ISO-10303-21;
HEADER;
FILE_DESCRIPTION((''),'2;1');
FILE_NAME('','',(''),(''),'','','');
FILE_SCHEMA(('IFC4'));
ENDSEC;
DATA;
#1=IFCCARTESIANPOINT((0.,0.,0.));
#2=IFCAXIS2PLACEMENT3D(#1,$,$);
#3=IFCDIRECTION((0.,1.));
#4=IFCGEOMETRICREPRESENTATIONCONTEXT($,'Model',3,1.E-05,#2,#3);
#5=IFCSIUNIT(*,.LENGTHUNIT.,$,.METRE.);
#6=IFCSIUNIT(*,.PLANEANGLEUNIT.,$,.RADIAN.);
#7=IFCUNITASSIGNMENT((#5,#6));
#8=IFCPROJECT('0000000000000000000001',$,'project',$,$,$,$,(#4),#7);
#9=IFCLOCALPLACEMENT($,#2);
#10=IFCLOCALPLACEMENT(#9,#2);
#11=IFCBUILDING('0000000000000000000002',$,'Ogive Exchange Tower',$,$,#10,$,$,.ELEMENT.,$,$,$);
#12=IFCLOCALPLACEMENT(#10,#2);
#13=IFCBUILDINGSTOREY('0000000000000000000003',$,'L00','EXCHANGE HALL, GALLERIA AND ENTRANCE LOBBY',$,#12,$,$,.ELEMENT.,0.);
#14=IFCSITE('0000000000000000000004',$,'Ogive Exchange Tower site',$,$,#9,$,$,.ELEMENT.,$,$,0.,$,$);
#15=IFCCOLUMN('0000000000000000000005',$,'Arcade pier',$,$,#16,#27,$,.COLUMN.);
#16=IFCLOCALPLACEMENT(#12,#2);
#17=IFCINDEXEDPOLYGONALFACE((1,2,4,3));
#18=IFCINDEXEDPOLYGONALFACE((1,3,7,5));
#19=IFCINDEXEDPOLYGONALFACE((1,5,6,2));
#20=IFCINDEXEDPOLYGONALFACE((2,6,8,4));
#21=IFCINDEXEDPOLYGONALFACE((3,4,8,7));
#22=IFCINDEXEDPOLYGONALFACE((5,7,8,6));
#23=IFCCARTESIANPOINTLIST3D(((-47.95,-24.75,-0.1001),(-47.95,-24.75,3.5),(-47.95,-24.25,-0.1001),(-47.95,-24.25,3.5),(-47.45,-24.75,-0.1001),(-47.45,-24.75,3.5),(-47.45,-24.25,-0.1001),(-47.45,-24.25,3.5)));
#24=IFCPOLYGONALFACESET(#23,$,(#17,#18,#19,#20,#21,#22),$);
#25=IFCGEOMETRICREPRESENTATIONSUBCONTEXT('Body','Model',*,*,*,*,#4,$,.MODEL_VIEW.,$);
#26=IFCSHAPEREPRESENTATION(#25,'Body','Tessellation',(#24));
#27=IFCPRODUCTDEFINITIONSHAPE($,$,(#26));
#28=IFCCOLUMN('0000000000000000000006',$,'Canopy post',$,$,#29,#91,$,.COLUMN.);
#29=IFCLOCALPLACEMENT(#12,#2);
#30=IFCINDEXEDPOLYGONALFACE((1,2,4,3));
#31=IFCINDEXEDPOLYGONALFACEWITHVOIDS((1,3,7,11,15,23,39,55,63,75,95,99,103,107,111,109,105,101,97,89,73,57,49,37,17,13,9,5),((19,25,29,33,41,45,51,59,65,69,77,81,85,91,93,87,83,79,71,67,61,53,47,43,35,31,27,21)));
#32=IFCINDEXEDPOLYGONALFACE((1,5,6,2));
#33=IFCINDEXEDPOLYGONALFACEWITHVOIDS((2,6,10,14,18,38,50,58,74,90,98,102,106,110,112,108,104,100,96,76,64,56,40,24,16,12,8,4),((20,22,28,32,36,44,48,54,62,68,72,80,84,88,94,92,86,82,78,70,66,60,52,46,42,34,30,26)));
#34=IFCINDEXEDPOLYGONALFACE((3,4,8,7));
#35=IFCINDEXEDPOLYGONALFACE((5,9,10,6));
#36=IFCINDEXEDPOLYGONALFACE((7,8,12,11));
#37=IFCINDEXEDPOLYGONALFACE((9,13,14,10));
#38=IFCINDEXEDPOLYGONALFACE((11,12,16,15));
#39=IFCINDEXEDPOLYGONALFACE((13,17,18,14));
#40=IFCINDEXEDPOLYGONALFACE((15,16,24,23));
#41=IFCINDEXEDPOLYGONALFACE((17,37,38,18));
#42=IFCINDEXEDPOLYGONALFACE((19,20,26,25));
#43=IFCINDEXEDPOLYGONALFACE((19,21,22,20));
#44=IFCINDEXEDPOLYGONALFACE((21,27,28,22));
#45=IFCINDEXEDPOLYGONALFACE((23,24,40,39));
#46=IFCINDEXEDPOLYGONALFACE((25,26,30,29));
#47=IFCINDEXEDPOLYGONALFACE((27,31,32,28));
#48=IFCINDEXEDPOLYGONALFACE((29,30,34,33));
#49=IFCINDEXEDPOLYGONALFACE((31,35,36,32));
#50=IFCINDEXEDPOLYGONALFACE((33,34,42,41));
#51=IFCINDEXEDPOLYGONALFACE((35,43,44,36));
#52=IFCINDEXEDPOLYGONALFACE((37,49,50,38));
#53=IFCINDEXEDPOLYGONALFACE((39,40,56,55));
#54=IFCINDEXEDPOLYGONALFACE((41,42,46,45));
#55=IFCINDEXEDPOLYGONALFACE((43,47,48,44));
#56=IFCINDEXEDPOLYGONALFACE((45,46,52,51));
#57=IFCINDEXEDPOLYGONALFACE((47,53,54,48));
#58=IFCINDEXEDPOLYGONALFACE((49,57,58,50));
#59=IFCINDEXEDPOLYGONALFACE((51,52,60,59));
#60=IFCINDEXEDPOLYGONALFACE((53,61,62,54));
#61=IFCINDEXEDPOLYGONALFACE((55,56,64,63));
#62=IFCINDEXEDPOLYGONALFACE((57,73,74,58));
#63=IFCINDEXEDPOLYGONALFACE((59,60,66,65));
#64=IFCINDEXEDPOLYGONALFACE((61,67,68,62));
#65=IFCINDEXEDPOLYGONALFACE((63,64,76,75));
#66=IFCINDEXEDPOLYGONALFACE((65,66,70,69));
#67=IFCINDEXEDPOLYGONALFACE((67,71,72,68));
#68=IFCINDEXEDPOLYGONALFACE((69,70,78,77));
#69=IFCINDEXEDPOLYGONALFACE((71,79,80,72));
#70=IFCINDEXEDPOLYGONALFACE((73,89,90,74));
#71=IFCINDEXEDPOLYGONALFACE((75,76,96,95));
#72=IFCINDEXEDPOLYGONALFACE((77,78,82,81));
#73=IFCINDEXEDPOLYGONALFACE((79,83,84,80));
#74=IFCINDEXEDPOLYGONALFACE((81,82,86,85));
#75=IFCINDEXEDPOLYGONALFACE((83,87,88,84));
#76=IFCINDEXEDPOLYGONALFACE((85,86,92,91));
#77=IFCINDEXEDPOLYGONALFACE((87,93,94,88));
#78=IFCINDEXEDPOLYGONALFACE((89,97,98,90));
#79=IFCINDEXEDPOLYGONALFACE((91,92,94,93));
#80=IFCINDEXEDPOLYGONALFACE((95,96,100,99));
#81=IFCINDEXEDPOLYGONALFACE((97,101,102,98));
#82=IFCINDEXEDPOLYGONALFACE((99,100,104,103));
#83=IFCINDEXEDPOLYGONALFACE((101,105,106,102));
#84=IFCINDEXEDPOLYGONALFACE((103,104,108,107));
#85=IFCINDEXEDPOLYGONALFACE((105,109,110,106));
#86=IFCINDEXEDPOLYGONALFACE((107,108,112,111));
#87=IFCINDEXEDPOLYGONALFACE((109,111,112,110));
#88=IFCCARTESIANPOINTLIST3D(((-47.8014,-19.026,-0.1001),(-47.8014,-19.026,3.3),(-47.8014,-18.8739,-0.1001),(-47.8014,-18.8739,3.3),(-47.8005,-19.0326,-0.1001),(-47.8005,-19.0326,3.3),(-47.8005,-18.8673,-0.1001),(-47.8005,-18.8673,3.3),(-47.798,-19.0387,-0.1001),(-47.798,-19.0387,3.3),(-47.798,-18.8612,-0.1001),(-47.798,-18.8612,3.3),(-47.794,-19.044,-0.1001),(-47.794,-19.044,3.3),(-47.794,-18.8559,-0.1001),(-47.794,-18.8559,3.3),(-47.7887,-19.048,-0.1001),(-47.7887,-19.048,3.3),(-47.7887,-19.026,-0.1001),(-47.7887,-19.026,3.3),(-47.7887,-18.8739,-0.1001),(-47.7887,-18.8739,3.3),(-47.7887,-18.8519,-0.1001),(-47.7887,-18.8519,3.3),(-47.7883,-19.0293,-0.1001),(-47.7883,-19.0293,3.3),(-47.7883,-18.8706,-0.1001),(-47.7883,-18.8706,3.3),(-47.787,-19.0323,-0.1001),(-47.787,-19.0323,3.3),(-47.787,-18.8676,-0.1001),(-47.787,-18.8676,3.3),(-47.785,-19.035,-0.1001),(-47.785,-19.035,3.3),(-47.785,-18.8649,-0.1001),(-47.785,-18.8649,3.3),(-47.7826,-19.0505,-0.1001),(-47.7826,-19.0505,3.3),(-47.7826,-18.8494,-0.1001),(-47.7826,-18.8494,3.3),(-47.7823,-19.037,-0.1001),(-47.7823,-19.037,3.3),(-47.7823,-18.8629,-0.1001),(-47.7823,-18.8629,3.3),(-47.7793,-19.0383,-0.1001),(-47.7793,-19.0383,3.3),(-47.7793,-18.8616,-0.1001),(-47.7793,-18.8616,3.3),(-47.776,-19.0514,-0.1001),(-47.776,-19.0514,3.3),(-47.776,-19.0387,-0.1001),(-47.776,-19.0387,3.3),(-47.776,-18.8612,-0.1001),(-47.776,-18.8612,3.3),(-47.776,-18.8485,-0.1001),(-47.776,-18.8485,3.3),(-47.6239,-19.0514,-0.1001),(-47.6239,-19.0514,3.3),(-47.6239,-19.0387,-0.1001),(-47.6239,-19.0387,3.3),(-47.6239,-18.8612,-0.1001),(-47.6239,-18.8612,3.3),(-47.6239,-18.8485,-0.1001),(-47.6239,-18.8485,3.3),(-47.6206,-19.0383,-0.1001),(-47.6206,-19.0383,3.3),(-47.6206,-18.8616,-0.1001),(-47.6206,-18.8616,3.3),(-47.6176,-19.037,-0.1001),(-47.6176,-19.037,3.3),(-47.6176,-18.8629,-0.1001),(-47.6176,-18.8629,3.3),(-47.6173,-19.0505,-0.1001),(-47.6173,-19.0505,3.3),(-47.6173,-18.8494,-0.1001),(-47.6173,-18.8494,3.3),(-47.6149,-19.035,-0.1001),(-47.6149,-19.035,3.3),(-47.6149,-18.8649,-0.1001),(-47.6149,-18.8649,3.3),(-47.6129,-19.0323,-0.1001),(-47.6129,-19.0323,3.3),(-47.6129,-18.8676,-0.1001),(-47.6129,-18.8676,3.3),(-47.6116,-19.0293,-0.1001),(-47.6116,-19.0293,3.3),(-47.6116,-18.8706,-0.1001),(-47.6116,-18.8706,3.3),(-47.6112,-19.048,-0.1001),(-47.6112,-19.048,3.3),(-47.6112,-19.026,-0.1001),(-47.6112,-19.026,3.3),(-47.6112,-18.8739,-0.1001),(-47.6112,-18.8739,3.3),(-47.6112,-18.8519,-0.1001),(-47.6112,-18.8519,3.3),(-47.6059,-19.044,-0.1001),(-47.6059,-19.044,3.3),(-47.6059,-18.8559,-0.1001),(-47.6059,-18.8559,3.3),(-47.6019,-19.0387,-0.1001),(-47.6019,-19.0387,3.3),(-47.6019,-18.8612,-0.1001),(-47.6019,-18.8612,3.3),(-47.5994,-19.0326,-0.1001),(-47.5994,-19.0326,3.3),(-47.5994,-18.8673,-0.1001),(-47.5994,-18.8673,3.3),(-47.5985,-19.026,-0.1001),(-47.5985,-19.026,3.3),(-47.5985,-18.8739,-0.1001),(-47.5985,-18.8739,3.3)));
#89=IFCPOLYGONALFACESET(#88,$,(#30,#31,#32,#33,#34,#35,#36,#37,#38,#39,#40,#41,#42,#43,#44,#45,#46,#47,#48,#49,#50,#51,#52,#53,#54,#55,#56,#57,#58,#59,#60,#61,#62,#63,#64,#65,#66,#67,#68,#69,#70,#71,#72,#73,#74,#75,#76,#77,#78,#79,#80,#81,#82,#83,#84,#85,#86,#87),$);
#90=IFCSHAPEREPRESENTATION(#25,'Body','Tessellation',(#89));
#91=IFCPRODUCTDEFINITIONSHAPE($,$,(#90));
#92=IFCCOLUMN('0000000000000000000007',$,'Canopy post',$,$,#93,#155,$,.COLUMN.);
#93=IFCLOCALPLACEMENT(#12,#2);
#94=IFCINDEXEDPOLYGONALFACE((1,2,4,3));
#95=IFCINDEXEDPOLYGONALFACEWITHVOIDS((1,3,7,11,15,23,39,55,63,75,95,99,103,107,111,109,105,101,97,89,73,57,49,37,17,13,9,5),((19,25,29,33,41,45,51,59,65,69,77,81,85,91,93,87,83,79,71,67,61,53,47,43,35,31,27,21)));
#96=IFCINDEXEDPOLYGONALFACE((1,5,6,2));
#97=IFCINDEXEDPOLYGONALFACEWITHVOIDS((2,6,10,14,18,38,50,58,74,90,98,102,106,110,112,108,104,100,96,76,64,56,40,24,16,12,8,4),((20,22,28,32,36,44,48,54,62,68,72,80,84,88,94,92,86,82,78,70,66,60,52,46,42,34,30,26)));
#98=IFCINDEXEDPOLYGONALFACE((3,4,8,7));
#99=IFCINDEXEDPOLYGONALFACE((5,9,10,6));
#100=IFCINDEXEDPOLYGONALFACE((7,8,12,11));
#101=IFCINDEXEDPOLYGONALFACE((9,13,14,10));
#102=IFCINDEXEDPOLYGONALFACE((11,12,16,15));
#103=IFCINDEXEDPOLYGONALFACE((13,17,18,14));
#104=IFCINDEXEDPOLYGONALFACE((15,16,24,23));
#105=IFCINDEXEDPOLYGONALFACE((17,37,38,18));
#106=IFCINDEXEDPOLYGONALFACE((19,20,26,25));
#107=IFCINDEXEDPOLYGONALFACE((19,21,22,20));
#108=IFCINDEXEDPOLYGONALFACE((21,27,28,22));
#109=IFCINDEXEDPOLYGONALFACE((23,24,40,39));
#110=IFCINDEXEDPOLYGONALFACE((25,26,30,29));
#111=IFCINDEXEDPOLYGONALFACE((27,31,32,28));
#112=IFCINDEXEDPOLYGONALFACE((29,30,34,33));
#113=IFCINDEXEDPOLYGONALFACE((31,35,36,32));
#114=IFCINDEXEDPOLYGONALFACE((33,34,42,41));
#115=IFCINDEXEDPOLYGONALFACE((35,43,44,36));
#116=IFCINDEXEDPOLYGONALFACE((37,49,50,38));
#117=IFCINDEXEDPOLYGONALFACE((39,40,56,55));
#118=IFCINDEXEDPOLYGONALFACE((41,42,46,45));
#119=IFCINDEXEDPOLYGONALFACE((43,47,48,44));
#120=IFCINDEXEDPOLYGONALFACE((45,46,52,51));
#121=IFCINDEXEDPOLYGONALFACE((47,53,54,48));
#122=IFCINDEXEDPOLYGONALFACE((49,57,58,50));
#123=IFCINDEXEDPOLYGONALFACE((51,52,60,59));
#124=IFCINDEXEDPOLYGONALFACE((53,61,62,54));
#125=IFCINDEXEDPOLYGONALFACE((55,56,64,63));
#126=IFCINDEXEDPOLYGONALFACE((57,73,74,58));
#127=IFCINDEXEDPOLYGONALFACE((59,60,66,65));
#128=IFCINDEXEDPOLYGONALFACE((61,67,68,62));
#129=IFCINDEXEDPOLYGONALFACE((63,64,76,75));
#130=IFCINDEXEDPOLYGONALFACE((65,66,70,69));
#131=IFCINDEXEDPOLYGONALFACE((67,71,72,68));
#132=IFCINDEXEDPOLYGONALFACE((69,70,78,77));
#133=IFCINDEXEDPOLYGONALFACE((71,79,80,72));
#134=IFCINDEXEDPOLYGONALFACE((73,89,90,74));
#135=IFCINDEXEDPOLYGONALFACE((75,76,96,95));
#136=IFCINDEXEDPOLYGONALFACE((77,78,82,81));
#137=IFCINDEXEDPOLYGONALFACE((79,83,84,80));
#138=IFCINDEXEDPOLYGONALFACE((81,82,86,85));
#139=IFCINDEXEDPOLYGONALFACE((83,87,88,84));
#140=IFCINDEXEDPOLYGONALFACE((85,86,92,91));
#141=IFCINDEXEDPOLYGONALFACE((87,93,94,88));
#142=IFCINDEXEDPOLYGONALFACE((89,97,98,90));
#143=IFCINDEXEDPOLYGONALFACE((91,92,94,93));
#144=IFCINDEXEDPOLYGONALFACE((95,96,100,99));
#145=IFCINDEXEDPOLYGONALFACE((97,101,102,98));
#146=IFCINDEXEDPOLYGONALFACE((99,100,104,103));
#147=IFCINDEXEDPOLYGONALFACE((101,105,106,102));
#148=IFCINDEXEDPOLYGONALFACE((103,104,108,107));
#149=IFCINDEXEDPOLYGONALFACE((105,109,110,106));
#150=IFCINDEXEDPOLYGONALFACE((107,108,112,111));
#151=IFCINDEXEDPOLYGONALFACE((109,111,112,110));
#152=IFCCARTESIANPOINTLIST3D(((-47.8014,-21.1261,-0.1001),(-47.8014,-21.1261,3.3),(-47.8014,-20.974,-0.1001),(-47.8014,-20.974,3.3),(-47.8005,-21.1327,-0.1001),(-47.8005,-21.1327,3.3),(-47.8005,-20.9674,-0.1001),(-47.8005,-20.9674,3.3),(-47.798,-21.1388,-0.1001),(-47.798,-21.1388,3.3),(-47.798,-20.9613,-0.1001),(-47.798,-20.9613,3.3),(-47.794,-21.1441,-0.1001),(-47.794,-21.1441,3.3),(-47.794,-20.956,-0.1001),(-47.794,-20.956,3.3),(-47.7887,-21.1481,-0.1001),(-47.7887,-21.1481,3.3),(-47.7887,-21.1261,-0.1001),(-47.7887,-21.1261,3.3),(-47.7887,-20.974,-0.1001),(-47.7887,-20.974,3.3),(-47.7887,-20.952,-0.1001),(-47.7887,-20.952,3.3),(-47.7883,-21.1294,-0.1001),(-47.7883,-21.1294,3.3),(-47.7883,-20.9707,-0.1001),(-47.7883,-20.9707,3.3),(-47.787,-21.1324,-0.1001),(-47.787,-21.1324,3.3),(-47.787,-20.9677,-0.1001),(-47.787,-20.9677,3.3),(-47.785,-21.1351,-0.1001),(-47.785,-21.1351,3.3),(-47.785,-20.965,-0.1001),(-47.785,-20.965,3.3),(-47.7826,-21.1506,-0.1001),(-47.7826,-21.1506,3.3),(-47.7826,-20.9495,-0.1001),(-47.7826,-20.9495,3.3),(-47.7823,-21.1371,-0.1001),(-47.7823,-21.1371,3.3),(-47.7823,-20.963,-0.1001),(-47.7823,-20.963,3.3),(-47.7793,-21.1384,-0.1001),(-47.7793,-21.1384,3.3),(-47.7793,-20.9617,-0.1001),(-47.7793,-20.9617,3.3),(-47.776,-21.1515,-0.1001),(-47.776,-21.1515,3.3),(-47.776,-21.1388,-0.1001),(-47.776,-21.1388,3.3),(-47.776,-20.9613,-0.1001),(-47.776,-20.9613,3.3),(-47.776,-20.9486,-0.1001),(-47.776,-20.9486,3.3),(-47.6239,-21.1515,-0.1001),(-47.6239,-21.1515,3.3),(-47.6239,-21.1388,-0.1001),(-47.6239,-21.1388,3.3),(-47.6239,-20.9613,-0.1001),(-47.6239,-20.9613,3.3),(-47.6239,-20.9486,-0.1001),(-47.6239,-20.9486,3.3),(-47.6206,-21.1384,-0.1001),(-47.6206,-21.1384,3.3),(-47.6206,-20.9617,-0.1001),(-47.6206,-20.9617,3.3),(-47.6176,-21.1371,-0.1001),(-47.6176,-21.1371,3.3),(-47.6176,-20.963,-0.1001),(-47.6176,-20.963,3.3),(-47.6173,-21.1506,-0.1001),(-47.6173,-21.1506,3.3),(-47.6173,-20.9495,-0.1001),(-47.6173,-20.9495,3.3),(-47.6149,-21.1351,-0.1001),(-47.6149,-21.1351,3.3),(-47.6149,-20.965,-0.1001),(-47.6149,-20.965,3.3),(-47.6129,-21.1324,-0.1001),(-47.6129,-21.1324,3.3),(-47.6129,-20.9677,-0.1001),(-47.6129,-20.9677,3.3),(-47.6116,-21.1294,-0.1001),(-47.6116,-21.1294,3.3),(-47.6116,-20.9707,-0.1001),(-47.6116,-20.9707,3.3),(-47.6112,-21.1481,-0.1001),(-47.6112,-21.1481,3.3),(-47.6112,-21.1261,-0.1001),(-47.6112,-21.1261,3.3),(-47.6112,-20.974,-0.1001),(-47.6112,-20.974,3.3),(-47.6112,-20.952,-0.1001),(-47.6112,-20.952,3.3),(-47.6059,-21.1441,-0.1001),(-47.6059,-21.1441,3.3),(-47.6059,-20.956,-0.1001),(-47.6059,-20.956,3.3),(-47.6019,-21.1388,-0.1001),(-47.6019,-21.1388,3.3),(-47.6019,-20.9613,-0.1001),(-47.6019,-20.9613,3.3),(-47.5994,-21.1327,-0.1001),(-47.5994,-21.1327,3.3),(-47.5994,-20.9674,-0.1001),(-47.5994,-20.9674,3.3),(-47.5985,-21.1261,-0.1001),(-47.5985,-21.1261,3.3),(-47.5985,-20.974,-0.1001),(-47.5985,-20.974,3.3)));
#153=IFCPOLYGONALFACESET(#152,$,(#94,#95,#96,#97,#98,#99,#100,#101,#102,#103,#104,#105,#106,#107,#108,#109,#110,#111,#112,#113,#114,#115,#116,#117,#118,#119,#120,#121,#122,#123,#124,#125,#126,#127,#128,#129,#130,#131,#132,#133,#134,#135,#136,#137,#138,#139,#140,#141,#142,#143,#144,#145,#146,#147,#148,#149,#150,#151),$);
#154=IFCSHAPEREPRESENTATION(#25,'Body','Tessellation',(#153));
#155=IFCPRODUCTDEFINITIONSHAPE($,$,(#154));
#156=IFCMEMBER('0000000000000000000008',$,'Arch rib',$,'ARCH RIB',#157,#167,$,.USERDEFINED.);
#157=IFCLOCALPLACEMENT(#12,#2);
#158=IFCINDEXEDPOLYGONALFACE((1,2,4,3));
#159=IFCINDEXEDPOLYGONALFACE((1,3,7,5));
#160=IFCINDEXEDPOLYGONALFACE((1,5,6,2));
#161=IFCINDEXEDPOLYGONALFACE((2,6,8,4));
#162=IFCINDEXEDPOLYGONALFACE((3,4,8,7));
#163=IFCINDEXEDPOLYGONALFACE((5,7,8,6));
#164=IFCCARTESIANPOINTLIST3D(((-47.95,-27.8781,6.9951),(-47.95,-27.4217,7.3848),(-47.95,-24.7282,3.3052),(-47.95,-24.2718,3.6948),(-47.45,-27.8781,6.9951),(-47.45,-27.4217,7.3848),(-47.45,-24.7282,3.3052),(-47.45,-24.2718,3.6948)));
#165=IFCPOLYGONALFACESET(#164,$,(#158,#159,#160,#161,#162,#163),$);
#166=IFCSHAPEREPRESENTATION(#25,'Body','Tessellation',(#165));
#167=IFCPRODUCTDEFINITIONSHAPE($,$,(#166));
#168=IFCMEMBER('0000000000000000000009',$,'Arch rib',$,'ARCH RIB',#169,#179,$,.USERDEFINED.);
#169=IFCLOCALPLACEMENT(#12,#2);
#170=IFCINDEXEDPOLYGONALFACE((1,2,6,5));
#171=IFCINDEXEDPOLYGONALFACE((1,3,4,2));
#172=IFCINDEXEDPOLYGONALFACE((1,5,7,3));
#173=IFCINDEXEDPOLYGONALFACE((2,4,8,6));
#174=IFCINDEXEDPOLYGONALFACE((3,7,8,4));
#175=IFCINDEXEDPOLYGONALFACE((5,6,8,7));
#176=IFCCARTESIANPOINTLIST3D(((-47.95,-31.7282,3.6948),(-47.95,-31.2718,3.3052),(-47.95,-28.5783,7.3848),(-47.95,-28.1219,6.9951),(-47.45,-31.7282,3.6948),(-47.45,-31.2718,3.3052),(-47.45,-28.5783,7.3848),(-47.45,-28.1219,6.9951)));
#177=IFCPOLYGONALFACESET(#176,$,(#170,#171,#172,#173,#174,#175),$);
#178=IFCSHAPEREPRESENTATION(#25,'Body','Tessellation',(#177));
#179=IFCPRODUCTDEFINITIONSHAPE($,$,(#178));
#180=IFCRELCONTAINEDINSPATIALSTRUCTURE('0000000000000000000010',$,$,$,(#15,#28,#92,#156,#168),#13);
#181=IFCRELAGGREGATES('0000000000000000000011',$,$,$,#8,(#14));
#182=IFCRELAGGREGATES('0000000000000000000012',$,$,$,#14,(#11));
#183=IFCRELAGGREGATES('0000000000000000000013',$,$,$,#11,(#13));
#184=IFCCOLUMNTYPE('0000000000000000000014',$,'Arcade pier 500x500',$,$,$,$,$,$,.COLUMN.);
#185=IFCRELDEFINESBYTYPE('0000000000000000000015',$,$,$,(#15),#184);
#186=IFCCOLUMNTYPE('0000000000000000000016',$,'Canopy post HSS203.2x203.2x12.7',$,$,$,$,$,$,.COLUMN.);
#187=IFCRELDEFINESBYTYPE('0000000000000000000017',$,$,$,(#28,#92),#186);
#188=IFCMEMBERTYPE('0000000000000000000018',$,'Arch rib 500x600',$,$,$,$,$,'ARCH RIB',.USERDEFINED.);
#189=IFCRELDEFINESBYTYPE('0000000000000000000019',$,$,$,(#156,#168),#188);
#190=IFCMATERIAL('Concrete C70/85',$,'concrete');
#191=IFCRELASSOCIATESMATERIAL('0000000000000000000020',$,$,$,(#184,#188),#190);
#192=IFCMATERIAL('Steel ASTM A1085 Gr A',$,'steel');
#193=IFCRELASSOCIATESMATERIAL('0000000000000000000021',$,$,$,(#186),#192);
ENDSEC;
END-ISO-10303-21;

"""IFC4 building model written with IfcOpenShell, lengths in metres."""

from ifc_helpers import new_model, si_unit, direction, frame, origin, origin_2d, place, context, subcontext, project, spatial, rectangle, hollow_rectangle, extrude, material, material_profile, profile_set, type_object, element, save


model = new_model("IFC4")

# Units and contexts
model_context = context("Model", 3, precision=1e-05, world=origin(), true_north=direction((0.0, 1.0)))
body_context = subcontext(model_context, "Body", "Model", "MODEL_VIEW")
ifc_project = project(units=[si_unit("LENGTHUNIT", "METRE"), si_unit("PLANEANGLEUNIT", "RADIAN")], contexts=[model_context])

# Site, building, storey
site_placement = place(None, origin())
site = spatial("IfcSite", under=ifc_project, at=site_placement, Name="Ogive Exchange Tower site", CompositionType="ELEMENT", RefElevation=0.0)
building_placement = place(site_placement, origin())
building = spatial("IfcBuilding", under=site, at=building_placement, Name="Ogive Exchange Tower", CompositionType="ELEMENT")
storey_placement = place(building_placement, origin())
storey = spatial("IfcBuildingStorey", under=building, at=storey_placement, Name="L00", Description="EXCHANGE HALL, GALLERIA AND ENTRANCE LOBBY", CompositionType="ELEMENT", Elevation=0.0)

# Columns
ifc_material_1 = material(Name="Concrete C70/85", Category="concrete")
ifc_material_profile_1 = material_profile(ifc_material_1, rectangle(XDim=0.5, YDim=0.5, at=origin_2d()), Name="RC 500x500")
ifc_profile_set_1 = profile_set([ifc_material_profile_1], Name="Concrete C70/85")
column_type_1 = type_object("IfcColumnType", Name="Arcade pier 500x500", PredefinedType="COLUMN", material=ifc_profile_set_1)
column_placement = place(storey_placement, frame((-47.7, -24.5, -0.1001), z_axis=(0.0, 0.0, 1.0), x_axis=(1.0, 0.0, 0.0)))
element("IfcColumn", 1, at=column_placement, inside=storey, type_object=column_type_1, Name="Arcade pier", PredefinedType="COLUMN", context=body_context, shape_type="SweptSolid", body=[
    extrude(rectangle(XDim=0.5, YDim=0.5, at=origin_2d()), origin(), (0.0, 0.0, 1.0), 3.6001),
])
ifc_material_2 = material(Name="Steel ASTM A1085 Gr A", Category="steel")
ifc_material_profile_2 = material_profile(ifc_material_2, hollow_rectangle(XDim=0.2029, YDim=0.2029, WallThickness=0.0127, InnerFilletRadius=0.0127, OuterFilletRadius=0.0254, at=origin_2d()), Name="HSS203.2x203.2x12.7")
ifc_profile_set_2 = profile_set([ifc_material_profile_2], Name="Steel ASTM A1085 Gr A")
column_type_2 = type_object("IfcColumnType", Name="Canopy post HSS203.2x203.2x12.7", PredefinedType="COLUMN", material=ifc_profile_set_2)
for number, where, z_axis, x_axis, name in (
    (2, (-47.7, -18.95, -0.1001), (0.0, 0.0, 1.0), (0.0, -1.0, 0.0), "Canopy post"),
    (3, (-47.7, -21.05, -0.1001), (0.0, 0.0, 1.0), (0.0, -1.0, 0.0), "Canopy post"),
):
    element("IfcColumn", number, at=place(storey_placement, frame(where, z_axis=z_axis, x_axis=x_axis)), inside=storey, type_object=column_type_2, Name=name, PredefinedType="COLUMN", context=body_context, shape_type="SweptSolid", body=[
        extrude(hollow_rectangle(XDim=0.2029, YDim=0.2029, WallThickness=0.0127, InnerFilletRadius=0.0127, OuterFilletRadius=0.0254, at=origin_2d()), origin(), (0.0, 0.0, 1.0), 3.4001),
    ])

# Members
ifc_material_profile_3 = material_profile(ifc_material_1, rectangle(XDim=0.5, YDim=0.6001, at=origin_2d()), Name="PC 500x600")
ifc_profile_set_3 = profile_set([ifc_material_profile_3], Name="Concrete C70/85")
member_type_1 = type_object("IfcMemberType", Name="Arch rib 500x600", ElementType="ARCH RIB", PredefinedType="USERDEFINED", material=ifc_profile_set_3)
for number, where, z_axis, x_axis, name in (
    (4, (-47.7, -24.5, 3.5), (0.0, -0.649257, 0.760569), (1.0, 0.0, 0.0), "Arch rib"),
    (5, (-47.7, -31.5, 3.5), (0.0, 0.649257, 0.760569), (-1.0, 0.0, 0.0), "Arch rib"),
):
    element("IfcMember", number, at=place(storey_placement, frame(where, z_axis=z_axis, x_axis=x_axis)), inside=storey, type_object=member_type_1, Name=name, ObjectType="ARCH RIB", PredefinedType="USERDEFINED", context=body_context, shape_type="SweptSolid", body=[
        extrude(rectangle(XDim=0.5, YDim=0.6001, at=origin_2d()), origin(), (0.0, 0.0, 1.0), 4.8516),
    ])

save(model, "model.ifc")
